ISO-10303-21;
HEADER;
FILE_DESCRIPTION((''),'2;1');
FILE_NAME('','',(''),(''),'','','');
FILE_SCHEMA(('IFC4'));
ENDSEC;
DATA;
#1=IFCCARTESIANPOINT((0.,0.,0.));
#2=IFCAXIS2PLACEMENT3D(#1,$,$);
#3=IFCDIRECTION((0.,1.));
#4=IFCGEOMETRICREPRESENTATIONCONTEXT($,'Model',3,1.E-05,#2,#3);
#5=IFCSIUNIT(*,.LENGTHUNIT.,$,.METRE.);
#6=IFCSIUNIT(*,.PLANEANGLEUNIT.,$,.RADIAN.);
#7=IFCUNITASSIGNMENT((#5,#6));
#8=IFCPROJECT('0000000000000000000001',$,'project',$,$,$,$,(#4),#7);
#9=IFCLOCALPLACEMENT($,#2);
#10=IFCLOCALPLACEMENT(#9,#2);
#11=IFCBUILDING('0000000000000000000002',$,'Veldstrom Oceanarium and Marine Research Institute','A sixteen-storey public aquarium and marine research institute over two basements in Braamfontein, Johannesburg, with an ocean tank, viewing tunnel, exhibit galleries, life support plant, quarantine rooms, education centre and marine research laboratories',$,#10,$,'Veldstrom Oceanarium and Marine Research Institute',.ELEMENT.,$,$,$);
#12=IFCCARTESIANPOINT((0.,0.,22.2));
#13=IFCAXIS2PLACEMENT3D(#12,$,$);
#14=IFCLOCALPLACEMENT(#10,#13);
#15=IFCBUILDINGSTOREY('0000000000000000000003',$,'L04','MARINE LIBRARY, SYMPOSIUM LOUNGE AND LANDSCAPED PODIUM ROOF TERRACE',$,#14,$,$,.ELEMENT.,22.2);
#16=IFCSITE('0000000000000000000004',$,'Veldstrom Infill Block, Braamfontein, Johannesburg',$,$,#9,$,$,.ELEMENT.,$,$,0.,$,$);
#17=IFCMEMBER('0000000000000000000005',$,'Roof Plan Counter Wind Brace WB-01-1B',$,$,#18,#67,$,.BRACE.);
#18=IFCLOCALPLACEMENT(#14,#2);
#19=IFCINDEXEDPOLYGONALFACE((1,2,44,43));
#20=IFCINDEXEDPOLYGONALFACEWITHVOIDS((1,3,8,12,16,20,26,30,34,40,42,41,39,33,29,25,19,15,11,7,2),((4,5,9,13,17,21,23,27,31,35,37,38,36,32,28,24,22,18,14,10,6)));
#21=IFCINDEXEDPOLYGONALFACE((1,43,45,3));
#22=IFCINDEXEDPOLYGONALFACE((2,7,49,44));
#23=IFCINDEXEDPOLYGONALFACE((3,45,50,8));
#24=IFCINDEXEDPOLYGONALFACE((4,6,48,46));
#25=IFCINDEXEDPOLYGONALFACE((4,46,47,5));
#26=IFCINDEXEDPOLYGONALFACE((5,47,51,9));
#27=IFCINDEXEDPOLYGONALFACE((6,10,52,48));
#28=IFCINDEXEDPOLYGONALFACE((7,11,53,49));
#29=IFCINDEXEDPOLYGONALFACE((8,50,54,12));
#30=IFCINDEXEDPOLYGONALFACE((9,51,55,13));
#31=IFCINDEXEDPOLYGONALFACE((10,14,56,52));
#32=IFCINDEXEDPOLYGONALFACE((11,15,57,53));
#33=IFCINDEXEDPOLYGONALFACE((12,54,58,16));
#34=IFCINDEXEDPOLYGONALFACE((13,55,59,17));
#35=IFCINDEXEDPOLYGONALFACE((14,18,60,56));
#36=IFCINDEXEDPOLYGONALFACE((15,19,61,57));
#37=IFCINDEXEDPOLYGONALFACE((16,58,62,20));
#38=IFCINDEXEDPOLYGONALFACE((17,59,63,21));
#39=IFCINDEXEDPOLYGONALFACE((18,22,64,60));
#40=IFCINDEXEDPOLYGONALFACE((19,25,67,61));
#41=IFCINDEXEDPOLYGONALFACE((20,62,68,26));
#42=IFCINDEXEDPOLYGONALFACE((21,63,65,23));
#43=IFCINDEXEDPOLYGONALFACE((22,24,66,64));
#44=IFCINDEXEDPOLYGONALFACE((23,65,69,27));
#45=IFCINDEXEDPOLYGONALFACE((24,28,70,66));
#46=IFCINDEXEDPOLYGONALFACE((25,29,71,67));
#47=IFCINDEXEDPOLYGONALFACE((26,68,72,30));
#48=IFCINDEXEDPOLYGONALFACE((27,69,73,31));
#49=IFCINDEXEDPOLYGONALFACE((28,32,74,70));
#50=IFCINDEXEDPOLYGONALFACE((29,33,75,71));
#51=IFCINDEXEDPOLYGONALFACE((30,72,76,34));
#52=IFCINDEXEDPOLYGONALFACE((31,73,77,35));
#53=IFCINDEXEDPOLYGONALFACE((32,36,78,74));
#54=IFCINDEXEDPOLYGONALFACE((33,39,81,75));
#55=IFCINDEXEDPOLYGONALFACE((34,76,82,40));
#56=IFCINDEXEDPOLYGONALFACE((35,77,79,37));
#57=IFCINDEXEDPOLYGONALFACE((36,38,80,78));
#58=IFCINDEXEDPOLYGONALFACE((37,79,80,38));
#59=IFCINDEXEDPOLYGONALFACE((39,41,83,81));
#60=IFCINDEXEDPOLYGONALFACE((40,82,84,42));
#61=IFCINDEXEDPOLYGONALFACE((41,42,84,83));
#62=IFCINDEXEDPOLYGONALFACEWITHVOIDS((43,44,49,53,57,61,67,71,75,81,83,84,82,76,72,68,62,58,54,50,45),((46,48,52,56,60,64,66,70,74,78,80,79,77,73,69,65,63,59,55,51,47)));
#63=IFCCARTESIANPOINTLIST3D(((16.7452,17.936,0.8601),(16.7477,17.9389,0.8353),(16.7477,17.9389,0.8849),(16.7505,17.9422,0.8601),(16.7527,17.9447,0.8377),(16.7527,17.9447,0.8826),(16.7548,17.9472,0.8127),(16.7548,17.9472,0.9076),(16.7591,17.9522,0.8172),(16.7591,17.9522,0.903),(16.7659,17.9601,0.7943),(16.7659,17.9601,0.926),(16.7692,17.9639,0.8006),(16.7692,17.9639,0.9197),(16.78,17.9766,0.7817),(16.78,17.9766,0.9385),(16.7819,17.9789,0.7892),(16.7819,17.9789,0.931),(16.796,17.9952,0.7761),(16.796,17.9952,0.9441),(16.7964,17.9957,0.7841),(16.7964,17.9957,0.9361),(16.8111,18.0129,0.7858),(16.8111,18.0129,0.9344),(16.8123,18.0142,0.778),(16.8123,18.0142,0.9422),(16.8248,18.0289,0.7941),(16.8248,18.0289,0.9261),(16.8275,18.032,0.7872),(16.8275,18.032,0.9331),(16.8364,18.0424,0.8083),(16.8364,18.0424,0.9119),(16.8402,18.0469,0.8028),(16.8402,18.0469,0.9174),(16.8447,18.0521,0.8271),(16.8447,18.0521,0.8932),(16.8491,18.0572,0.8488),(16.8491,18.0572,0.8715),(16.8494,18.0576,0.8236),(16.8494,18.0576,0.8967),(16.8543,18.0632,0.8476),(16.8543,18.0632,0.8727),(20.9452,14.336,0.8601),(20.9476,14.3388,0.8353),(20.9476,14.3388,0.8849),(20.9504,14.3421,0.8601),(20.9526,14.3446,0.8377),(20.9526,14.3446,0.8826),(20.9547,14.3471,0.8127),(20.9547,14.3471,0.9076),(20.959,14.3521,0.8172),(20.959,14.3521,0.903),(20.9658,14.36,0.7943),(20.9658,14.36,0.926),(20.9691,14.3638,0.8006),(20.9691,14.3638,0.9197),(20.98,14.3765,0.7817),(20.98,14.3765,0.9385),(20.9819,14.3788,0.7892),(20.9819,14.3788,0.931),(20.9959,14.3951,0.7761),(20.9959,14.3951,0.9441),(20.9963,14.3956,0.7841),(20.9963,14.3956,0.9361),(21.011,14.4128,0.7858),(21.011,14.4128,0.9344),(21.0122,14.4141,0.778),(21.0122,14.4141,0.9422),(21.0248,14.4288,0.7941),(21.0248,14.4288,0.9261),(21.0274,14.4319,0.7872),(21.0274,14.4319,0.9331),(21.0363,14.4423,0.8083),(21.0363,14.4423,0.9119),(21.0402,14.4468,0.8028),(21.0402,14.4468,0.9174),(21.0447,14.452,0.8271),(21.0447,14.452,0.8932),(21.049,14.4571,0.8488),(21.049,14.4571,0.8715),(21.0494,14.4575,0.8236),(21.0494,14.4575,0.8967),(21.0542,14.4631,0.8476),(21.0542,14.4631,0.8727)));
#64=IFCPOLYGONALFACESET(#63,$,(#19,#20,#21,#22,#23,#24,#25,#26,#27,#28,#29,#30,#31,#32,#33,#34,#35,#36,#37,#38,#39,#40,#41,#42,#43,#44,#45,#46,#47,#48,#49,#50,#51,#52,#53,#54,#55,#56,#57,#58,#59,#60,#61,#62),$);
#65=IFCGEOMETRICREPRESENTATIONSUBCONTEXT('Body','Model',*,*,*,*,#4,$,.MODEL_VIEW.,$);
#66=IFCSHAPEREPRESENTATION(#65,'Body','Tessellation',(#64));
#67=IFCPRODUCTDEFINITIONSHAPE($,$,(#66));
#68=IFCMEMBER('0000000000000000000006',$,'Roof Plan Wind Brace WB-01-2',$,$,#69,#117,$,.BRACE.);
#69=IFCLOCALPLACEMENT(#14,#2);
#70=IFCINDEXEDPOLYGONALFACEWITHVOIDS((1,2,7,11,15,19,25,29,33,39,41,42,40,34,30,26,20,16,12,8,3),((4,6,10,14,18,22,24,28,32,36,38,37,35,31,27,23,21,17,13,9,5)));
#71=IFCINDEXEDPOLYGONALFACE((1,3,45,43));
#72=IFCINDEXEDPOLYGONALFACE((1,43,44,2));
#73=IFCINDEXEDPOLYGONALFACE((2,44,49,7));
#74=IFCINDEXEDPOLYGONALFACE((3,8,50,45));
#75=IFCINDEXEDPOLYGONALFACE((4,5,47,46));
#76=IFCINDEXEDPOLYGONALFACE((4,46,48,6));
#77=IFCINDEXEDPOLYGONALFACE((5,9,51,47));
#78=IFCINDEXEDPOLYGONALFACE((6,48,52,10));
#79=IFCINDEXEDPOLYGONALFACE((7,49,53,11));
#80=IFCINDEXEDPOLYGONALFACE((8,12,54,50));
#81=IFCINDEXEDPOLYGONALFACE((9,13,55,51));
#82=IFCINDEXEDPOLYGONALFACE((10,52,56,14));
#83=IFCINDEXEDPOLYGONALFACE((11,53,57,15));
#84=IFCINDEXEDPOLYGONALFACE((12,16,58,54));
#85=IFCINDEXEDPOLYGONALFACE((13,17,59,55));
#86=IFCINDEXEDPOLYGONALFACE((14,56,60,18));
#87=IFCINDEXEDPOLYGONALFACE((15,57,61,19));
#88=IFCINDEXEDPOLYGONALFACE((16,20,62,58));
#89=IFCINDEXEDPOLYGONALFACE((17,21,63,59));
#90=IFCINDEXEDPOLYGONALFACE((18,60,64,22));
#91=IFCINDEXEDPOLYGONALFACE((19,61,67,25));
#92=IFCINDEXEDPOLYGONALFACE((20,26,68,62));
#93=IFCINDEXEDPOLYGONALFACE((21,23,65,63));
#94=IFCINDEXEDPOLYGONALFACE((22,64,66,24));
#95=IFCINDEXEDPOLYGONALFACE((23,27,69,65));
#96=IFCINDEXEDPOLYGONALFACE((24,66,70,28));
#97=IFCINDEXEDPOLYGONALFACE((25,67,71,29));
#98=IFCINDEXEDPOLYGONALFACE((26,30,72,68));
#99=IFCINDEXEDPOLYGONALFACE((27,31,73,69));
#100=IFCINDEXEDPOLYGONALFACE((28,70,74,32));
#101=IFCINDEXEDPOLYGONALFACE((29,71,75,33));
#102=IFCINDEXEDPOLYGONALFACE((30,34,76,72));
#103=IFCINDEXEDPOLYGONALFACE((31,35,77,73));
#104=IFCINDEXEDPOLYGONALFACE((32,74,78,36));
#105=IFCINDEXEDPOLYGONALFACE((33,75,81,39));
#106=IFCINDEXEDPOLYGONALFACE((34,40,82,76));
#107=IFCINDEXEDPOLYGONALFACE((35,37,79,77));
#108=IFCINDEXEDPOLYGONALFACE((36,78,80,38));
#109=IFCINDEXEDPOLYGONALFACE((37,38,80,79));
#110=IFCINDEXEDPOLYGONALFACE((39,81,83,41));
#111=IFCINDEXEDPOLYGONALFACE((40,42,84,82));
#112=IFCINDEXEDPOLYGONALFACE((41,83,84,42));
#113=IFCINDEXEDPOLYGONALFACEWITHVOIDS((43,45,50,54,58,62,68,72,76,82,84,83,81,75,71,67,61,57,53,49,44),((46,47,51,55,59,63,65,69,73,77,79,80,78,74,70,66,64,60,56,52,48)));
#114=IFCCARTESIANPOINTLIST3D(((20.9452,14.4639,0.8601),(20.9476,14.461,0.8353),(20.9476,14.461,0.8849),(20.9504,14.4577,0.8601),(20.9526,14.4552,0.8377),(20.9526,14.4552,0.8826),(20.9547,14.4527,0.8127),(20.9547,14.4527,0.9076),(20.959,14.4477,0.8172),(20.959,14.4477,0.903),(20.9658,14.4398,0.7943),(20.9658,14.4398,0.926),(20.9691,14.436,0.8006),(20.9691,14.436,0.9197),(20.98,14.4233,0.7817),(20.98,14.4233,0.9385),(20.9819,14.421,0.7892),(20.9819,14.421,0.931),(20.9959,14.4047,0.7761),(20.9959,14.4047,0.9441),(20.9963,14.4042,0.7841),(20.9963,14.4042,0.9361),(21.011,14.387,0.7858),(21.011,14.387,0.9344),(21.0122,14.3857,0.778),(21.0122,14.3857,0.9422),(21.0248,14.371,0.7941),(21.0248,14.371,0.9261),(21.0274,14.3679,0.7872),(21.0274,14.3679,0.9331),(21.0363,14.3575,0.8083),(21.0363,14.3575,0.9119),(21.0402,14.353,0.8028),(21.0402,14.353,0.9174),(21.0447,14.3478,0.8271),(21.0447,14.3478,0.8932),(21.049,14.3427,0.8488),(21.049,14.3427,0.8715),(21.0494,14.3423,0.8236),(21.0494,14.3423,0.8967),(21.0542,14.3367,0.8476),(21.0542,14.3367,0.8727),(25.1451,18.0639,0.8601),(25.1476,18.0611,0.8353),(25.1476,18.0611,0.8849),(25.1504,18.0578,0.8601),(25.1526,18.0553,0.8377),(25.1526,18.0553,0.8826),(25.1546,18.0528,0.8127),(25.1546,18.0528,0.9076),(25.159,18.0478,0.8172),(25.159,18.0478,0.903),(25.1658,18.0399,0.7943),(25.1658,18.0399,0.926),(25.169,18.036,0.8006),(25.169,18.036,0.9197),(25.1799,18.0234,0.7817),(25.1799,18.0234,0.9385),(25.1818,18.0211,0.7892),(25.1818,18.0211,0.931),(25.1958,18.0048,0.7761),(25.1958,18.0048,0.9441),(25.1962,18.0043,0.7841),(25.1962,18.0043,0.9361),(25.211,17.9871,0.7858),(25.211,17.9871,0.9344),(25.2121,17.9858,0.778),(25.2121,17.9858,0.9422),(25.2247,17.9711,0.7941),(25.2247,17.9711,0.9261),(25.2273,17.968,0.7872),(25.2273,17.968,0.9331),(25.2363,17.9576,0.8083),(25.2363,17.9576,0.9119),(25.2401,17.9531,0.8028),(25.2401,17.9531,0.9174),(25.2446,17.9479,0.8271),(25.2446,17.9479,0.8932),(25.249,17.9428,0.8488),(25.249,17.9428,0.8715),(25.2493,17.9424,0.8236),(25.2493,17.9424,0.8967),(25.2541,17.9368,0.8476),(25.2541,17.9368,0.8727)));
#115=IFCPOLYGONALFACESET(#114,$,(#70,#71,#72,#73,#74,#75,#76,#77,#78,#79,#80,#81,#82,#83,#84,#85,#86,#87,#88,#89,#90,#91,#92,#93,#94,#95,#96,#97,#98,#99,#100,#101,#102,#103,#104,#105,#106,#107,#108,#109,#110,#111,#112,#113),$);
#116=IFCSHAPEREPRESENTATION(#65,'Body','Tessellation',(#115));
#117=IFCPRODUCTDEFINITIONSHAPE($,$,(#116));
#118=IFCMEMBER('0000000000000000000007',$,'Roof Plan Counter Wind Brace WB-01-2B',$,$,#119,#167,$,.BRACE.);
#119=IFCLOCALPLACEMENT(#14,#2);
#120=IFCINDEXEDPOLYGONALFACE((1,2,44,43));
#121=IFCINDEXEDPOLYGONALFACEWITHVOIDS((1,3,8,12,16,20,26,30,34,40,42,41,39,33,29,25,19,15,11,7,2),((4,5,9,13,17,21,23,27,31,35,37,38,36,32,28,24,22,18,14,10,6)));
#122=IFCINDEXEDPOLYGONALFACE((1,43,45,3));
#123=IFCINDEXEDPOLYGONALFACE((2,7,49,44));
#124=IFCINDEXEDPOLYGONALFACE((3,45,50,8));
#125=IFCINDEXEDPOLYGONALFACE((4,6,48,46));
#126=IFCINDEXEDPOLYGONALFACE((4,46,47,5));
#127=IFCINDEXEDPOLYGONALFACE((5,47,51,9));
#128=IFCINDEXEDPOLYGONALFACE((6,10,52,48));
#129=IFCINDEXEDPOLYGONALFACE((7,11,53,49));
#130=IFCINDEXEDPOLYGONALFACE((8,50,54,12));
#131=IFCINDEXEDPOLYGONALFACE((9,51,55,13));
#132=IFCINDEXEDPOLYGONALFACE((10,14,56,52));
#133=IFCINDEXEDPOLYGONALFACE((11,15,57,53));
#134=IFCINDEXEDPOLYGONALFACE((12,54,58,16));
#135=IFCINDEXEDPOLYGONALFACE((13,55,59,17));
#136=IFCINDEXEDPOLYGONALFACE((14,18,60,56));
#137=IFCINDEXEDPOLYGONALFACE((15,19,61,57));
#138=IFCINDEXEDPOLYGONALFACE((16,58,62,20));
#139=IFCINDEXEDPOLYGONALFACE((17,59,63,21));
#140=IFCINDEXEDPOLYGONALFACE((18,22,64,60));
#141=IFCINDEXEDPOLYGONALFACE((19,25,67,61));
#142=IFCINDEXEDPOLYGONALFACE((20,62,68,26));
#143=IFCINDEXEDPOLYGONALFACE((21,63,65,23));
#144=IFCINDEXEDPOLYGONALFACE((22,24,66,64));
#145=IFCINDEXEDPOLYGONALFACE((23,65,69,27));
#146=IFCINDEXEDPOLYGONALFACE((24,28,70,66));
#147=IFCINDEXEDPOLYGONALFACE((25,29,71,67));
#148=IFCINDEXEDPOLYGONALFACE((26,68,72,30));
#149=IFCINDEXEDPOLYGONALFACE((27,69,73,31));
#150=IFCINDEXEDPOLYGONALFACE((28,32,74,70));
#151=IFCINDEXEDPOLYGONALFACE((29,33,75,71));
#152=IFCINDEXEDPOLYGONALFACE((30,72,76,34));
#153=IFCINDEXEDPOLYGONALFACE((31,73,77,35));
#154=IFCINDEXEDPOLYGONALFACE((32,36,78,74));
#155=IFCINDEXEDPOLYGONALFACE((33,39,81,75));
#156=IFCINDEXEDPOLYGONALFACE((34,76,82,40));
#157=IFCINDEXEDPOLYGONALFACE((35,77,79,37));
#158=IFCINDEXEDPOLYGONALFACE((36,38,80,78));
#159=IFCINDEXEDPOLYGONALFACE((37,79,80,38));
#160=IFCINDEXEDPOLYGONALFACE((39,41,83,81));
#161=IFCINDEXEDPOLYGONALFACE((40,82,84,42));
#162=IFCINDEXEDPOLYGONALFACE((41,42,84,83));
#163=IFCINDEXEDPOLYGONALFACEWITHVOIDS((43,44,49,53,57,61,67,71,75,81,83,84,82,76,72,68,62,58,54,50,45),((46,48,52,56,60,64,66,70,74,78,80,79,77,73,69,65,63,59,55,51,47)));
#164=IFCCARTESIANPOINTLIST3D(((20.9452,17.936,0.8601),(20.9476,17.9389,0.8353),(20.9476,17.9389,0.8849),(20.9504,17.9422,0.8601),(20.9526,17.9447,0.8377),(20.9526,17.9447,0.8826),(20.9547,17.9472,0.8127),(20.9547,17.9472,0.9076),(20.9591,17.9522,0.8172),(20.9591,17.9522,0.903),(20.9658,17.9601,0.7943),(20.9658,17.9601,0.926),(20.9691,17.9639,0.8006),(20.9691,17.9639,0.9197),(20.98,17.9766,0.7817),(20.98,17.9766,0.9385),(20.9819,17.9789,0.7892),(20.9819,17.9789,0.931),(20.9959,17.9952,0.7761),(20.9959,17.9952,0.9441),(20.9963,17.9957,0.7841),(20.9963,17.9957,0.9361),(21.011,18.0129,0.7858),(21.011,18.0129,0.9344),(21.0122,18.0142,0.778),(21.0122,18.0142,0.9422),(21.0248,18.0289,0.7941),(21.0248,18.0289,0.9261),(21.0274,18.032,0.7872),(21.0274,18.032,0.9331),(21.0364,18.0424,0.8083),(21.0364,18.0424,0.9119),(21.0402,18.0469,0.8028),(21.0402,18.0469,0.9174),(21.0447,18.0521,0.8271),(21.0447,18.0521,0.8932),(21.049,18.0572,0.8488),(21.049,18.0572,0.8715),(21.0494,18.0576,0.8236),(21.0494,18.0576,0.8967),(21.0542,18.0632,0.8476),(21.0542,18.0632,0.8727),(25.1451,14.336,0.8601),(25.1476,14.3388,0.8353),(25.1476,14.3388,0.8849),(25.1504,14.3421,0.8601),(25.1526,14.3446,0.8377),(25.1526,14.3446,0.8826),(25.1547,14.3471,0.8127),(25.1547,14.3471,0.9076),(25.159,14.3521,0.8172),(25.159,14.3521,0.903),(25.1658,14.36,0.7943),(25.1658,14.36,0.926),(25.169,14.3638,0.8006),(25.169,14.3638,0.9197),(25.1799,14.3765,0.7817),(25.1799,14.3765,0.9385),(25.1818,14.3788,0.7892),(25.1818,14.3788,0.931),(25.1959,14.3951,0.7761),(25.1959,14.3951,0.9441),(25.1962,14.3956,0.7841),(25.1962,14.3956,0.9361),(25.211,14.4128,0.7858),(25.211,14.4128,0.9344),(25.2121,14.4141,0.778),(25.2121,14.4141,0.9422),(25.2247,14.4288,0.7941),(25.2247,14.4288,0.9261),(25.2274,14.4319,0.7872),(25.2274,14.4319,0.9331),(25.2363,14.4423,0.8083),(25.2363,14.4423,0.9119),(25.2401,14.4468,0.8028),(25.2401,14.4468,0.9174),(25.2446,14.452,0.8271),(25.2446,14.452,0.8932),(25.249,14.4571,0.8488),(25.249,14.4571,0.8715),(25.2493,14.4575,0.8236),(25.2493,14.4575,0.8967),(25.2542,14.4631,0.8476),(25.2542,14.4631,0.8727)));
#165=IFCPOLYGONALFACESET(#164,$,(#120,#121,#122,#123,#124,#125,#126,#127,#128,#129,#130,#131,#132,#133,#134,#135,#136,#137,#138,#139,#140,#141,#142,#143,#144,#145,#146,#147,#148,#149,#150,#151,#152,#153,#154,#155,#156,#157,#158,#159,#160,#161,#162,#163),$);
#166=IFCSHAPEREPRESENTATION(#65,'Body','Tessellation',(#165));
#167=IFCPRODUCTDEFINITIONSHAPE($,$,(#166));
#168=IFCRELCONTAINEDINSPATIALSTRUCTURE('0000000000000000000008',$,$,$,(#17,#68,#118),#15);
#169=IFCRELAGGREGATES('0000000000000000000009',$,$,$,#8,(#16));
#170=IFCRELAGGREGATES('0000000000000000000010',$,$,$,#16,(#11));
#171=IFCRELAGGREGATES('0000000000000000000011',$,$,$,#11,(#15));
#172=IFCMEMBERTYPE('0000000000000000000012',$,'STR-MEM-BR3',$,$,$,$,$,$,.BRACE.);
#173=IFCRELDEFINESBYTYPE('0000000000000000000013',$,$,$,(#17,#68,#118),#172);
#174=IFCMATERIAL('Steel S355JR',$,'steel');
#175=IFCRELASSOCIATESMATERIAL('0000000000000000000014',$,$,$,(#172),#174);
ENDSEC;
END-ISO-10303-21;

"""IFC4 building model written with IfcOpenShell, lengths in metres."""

from ifc_helpers import new_model, si_unit, direction, frame, origin, origin_2d, place, context, subcontext, project, spatial, hollow_circle, extrude, material, material_profile, profile_set, type_object, element, save


model = new_model("IFC4")

# Units and contexts
model_context = context("Model", 3, precision=1e-05, world=origin(), true_north=direction((0.0, 1.0)))
body_context = subcontext(model_context, "Body", "Model", "MODEL_VIEW")
ifc_project = project(units=[si_unit("LENGTHUNIT", "METRE"), si_unit("PLANEANGLEUNIT", "RADIAN")], contexts=[model_context])

# Site, building, storey
site_placement = place(None, origin())
site = spatial("IfcSite", under=ifc_project, at=site_placement, Name="Veldstrom Infill Block, Braamfontein, Johannesburg", CompositionType="ELEMENT", RefElevation=0.0)
building_placement = place(site_placement, origin())
building = spatial("IfcBuilding", under=site, at=building_placement, Name="Veldstrom Oceanarium and Marine Research Institute", Description="A sixteen-storey public aquarium and marine research institute over two basements in Braamfontein, Johannesburg, with an ocean tank, viewing tunnel, exhibit galleries, life support plant, quarantine rooms, education centre and marine research laboratories", LongName="Veldstrom Oceanarium and Marine Research Institute", CompositionType="ELEMENT")
storey_placement = place(building_placement, frame((0.0, 0.0, 22.2)))
storey = spatial("IfcBuildingStorey", under=building, at=storey_placement, Name="L04", Description="MARINE LIBRARY, SYMPOSIUM LOUNGE AND LANDSCAPED PODIUM ROOF TERRACE", CompositionType="ELEMENT", Elevation=22.2)

# Members
ifc_material_1 = material(Name="Steel S355JR", Category="steel")
ifc_material_profile_1 = material_profile(ifc_material_1, hollow_circle(Radius=0.0842, WallThickness=0.0081, at=origin_2d()), Name="CHS 168.3x8")
ifc_profile_set_1 = profile_set([ifc_material_profile_1], Name="Steel S355JR")
member_type_1 = type_object("IfcMemberType", Name="STR-MEM-BR3", PredefinedType="BRACE", material=ifc_profile_set_1)
for number, where, z_axis, x_axis, name in (
    (1, (21.0, 14.3999, 0.8601), (-0.759244, 0.650806, 0.0), (-0.650806, -0.759244, 0.0), "Roof Plan Counter Wind Brace WB-01-1B"),
    (2, (21.0, 14.3999, 0.8601), (0.759244, 0.650806, 0.0), (-0.650806, 0.759244, 0.0), "Roof Plan Wind Brace WB-01-2"),
    (3, (25.2, 14.3999, 0.8601), (-0.759244, 0.650806, 0.0), (-0.650806, -0.759244, 0.0), "Roof Plan Counter Wind Brace WB-01-2B"),
):
    element("IfcMember", number, at=place(storey_placement, frame(where, z_axis=z_axis, x_axis=x_axis)), inside=storey, type_object=member_type_1, Name=name, PredefinedType="BRACE", context=body_context, shape_type="SweptSolid", body=[
        extrude(hollow_circle(Radius=0.0842, WallThickness=0.0081, at=origin_2d()), origin(), (0.0, 0.0, 1.0), 5.5317),
    ])

save(model, "model.ifc")
